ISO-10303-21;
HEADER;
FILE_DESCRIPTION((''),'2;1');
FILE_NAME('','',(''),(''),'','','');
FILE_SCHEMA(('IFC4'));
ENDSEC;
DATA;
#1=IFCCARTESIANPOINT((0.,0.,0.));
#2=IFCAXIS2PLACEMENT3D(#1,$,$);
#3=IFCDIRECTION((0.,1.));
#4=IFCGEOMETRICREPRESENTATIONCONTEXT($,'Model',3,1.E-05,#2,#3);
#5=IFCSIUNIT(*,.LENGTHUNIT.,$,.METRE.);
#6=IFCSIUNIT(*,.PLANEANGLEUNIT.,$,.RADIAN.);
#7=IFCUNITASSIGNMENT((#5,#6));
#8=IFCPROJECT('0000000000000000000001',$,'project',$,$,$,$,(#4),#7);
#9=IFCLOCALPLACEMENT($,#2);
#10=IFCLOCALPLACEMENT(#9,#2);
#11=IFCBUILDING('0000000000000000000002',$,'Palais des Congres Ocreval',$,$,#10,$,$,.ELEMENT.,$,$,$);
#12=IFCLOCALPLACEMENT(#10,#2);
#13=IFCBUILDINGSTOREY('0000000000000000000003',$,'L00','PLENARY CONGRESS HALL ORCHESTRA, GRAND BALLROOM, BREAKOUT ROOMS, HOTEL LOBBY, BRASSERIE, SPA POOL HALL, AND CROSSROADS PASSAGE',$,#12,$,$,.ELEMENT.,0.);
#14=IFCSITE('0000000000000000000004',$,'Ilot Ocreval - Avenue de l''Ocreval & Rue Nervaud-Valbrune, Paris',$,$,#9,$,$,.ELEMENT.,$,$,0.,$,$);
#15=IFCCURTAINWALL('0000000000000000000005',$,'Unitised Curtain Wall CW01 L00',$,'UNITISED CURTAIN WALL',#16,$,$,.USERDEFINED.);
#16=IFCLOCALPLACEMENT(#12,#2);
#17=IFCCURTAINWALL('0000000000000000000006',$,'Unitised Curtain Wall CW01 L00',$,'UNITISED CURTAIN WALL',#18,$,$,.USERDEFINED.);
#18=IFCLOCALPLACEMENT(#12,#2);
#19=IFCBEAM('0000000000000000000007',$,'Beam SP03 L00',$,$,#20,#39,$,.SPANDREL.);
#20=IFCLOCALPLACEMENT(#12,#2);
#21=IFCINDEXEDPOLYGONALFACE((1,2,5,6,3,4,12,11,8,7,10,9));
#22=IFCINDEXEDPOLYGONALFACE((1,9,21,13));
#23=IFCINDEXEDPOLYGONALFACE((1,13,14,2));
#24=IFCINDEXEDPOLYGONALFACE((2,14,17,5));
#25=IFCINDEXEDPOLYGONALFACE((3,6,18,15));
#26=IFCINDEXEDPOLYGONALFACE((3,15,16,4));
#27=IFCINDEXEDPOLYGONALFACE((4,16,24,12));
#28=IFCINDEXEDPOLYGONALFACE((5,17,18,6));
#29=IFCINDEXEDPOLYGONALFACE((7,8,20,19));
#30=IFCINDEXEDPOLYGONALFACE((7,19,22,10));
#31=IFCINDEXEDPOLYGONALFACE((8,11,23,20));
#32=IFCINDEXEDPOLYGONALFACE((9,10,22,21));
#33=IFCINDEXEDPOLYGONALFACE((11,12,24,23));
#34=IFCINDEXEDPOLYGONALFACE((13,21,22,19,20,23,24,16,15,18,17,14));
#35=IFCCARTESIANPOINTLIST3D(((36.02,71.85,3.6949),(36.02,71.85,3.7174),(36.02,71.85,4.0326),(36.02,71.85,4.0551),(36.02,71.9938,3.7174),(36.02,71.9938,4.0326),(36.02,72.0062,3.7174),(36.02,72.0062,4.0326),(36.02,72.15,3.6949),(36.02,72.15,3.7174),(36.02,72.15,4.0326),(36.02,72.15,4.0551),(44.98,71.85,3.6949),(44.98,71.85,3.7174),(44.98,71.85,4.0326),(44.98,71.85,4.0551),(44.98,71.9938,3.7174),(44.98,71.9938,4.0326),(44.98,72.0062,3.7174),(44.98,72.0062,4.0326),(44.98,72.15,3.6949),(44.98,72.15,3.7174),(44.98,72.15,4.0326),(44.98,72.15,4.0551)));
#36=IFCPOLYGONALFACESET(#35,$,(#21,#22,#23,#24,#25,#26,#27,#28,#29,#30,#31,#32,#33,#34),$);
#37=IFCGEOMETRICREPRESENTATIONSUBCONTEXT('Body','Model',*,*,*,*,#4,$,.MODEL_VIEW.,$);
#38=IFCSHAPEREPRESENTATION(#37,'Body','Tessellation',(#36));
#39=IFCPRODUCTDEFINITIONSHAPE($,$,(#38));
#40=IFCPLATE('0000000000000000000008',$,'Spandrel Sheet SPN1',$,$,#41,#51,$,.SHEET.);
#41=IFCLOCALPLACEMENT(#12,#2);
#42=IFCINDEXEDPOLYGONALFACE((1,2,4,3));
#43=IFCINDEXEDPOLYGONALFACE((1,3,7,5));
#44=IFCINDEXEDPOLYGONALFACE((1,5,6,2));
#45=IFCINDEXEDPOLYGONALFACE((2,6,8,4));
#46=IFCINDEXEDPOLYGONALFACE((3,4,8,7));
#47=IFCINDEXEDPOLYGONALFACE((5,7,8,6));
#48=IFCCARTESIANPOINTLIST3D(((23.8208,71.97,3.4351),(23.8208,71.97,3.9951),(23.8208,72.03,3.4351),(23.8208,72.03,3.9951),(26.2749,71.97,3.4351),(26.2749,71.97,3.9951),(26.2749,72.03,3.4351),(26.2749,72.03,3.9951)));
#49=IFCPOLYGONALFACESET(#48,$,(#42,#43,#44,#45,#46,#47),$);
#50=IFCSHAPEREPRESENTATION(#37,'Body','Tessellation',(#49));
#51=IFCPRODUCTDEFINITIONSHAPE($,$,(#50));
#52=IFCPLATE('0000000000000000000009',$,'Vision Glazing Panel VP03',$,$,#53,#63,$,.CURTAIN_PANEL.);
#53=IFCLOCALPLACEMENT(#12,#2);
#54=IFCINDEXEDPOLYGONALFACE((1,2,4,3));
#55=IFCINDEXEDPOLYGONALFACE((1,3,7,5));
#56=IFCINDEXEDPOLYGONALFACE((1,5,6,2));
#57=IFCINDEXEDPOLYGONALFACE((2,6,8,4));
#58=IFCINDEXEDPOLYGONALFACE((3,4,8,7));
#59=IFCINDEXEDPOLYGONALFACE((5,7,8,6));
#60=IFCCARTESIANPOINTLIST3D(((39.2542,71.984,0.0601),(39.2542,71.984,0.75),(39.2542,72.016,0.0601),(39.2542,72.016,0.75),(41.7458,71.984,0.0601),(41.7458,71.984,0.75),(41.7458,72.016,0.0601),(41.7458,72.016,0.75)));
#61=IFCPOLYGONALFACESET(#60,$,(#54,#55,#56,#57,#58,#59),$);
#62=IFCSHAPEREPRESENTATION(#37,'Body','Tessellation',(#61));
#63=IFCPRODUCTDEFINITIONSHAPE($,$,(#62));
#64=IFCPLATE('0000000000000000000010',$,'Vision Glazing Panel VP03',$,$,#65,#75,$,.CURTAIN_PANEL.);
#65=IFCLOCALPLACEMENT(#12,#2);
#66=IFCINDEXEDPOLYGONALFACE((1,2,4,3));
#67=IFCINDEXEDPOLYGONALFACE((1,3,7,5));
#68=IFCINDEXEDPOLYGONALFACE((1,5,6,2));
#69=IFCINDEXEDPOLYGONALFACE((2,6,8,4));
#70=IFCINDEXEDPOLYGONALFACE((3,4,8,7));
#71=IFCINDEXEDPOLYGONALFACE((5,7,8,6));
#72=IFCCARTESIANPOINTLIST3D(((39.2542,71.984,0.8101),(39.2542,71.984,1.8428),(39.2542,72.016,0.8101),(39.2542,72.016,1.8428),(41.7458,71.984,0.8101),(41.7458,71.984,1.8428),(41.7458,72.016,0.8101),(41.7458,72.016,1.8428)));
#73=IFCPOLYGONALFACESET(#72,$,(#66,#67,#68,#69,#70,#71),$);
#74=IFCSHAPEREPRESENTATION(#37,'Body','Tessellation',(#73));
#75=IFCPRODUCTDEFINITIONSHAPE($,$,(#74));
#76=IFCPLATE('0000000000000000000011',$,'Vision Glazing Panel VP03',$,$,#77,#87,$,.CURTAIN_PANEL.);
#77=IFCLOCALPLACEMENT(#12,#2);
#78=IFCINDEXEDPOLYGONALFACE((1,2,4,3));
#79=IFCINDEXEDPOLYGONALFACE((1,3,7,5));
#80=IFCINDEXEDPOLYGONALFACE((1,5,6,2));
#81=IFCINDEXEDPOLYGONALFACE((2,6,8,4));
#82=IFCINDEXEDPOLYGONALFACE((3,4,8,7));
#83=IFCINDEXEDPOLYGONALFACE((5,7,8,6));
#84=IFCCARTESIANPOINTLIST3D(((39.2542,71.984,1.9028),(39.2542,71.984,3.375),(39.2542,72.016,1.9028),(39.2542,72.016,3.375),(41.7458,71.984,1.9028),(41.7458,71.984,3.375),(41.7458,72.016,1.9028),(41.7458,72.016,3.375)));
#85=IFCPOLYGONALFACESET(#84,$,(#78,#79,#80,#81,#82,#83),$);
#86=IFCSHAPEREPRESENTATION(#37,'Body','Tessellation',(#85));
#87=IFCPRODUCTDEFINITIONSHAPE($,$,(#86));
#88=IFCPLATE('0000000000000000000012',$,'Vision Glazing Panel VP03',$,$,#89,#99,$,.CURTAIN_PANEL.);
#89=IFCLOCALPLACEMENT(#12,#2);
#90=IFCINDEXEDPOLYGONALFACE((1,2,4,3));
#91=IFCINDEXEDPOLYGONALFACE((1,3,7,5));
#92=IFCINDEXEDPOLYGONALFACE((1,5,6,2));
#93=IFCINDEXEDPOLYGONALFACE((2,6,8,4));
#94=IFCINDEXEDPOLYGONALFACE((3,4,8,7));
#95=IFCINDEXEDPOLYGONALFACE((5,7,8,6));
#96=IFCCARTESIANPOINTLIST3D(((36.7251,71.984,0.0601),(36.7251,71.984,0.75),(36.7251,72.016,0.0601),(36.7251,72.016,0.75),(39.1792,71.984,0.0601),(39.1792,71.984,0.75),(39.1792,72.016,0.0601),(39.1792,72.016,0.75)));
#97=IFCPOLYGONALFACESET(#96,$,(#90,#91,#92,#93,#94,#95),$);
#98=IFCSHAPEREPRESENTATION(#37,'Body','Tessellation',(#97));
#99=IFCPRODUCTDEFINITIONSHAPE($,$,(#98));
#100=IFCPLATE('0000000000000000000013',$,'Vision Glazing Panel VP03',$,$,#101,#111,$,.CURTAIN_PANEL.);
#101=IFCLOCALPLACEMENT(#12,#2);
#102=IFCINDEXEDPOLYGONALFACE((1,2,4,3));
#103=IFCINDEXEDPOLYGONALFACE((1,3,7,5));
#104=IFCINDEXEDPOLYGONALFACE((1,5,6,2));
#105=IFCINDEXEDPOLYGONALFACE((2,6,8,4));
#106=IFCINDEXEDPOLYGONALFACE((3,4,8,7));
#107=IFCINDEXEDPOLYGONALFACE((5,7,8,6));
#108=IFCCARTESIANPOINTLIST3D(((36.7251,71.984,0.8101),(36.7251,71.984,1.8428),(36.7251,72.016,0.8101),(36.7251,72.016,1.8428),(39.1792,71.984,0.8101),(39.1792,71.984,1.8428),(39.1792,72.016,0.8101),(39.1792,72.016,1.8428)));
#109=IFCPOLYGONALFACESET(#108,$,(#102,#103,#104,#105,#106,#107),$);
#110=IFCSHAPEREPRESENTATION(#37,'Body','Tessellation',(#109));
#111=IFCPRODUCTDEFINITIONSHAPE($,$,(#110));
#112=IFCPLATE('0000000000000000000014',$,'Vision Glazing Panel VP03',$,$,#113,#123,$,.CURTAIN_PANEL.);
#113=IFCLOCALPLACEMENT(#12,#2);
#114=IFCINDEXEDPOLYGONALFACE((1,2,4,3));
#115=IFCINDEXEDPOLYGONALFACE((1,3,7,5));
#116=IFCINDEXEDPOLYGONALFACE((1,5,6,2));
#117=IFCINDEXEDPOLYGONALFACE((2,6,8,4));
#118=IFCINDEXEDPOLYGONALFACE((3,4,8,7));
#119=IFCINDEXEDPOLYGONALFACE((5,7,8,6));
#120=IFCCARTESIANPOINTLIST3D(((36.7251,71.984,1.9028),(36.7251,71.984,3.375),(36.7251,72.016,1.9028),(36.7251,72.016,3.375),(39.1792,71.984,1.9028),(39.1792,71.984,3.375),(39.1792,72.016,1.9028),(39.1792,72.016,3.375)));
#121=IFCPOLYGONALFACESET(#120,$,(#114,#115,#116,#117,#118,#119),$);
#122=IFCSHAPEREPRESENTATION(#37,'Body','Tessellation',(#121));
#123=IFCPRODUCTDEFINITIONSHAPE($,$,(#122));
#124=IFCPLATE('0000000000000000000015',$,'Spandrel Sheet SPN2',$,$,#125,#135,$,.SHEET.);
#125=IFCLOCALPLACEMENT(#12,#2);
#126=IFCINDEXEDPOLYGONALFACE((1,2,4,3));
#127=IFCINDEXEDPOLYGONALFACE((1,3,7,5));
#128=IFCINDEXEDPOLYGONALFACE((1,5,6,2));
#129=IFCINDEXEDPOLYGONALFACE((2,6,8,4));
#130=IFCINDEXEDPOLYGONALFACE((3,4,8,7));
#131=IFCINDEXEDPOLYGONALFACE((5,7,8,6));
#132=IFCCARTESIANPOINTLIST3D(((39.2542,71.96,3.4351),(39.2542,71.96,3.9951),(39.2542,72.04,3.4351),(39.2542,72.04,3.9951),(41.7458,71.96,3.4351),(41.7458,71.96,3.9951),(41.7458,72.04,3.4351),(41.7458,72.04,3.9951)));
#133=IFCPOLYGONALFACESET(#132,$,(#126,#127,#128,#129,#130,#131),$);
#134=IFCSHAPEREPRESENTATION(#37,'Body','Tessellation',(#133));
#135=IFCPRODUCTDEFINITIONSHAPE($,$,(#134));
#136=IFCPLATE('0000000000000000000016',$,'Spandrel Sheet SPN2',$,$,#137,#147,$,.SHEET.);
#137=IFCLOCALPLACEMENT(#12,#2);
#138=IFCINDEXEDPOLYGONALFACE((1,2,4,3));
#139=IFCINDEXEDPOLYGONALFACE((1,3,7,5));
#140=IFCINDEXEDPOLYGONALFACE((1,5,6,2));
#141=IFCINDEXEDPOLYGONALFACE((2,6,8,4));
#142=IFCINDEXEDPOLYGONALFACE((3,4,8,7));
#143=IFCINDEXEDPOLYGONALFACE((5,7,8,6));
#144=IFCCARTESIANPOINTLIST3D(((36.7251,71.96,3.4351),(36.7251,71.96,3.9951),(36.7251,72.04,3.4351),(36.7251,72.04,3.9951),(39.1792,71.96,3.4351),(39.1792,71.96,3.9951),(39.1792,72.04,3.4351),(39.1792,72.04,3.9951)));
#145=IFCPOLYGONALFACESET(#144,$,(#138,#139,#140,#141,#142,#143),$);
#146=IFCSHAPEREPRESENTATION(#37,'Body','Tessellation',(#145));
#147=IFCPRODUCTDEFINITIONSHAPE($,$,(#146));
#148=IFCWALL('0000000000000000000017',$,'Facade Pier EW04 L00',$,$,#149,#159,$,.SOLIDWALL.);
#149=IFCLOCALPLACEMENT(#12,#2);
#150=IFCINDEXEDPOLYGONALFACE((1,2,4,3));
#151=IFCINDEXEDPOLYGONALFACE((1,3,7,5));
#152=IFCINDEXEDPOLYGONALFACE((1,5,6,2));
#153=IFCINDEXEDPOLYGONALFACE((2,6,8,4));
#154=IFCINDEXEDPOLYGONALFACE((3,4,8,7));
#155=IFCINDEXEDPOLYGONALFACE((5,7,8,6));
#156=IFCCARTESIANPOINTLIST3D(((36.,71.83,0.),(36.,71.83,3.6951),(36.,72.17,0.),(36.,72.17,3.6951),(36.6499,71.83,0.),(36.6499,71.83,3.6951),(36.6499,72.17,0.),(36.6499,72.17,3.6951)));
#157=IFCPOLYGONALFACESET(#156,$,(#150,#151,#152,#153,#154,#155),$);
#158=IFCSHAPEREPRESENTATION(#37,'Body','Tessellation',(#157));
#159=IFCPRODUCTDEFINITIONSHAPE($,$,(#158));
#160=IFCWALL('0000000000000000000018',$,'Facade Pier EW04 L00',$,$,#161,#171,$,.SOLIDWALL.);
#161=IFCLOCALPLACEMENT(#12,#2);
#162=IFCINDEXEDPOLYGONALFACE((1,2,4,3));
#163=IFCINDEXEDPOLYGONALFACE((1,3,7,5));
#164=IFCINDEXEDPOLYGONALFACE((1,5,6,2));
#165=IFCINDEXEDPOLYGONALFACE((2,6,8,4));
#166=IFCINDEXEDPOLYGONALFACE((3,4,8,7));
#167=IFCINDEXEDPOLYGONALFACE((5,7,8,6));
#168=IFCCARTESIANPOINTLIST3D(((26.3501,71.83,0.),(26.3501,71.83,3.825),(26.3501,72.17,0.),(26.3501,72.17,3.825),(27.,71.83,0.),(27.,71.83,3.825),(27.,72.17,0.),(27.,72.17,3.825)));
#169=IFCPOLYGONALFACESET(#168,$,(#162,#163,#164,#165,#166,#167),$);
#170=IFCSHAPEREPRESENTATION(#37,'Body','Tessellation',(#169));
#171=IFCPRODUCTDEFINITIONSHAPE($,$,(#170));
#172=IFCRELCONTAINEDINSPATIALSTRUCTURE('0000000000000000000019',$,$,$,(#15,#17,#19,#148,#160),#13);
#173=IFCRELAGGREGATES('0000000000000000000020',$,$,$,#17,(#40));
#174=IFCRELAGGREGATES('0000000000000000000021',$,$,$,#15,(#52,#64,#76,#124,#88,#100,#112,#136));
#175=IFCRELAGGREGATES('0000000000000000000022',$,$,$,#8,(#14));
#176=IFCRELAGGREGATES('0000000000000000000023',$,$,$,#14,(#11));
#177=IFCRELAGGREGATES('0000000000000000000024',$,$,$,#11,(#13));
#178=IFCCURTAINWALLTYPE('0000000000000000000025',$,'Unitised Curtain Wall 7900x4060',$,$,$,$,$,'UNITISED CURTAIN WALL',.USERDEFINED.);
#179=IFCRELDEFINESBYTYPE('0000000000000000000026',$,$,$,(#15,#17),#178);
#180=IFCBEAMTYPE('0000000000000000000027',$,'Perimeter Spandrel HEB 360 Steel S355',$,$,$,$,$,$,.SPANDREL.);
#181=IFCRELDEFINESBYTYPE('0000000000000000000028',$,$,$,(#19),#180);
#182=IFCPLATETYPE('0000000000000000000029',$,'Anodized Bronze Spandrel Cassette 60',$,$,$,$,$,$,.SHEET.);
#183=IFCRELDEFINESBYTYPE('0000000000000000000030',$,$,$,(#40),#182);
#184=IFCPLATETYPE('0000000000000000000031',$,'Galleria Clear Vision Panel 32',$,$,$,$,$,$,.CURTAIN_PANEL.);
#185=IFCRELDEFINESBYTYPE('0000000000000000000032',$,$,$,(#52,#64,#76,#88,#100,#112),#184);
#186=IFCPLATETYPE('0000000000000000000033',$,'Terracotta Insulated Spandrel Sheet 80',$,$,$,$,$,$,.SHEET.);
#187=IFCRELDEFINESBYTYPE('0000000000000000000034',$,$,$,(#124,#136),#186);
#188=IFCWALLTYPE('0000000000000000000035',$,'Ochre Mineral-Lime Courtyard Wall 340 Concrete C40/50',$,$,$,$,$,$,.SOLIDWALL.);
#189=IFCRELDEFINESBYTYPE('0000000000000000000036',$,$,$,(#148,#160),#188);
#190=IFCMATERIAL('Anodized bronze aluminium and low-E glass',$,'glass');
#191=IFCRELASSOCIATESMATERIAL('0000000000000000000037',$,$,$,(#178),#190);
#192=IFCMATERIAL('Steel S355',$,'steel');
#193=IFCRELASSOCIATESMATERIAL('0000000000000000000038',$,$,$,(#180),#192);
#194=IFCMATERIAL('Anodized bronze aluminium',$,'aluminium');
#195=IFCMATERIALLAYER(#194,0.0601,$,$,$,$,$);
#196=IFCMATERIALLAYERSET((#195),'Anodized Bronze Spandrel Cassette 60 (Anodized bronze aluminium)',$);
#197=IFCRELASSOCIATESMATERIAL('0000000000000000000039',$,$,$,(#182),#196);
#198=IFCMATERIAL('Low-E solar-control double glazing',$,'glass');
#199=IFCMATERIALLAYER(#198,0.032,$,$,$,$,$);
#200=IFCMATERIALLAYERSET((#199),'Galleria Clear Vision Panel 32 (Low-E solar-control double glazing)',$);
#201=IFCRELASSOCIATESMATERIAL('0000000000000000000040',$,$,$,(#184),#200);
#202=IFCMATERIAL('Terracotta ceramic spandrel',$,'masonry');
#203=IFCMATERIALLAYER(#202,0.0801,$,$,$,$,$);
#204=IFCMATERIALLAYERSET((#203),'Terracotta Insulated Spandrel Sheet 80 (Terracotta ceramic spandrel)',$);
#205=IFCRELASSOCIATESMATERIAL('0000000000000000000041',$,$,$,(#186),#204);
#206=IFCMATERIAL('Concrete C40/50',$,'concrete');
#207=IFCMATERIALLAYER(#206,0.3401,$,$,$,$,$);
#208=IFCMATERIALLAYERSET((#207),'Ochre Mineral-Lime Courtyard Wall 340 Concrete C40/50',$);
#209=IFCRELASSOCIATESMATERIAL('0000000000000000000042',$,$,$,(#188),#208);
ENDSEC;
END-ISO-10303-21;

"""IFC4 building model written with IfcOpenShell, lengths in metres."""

from ifc_helpers import new_model, si_unit, direction, frame, frame_2d, origin, origin_2d, place, context, subcontext, project, spatial, rectangle, i_section, extrude, material, layer, layer_set, material_profile, profile_set, type_object, element, aggregate, save


model = new_model("IFC4")

# Units and contexts
model_context = context("Model", 3, precision=1e-05, world=origin(), true_north=direction((0.0, 1.0)))
body_context = subcontext(model_context, "Body", "Model", "MODEL_VIEW")
ifc_project = project(units=[si_unit("LENGTHUNIT", "METRE"), si_unit("PLANEANGLEUNIT", "RADIAN")], contexts=[model_context])

# Site, building, storey
site_placement = place(None, origin())
site = spatial("IfcSite", under=ifc_project, at=site_placement, Name="Ilot Ocreval - Avenue de l'Ocreval & Rue Nervaud-Valbrune, Paris", CompositionType="ELEMENT", RefElevation=0.0)
building_placement = place(site_placement, origin())
building = spatial("IfcBuilding", under=site, at=building_placement, Name="Palais des Congres Ocreval", CompositionType="ELEMENT")
storey_placement = place(building_placement, origin())
storey = spatial("IfcBuildingStorey", under=building, at=storey_placement, Name="L00", Description="PLENARY CONGRESS HALL ORCHESTRA, GRAND BALLROOM, BREAKOUT ROOMS, HOTEL LOBBY, BRASSERIE, SPA POOL HALL, AND CROSSROADS PASSAGE", CompositionType="ELEMENT", Elevation=0.0)

# Shared definitions
ifc_material_1 = material(Name="Steel S355", Category="steel")

# Curtain wall
ifc_material_2 = material(Name="Anodized bronze aluminium and low-E glass", Category="glass")
curtain_wall_type = type_object("IfcCurtainWallType", Name="Unitised Curtain Wall 7900x4060", ElementType="UNITISED CURTAIN WALL", PredefinedType="USERDEFINED", material=ifc_material_2)
curtain_wall_1_placement = place(storey_placement, origin())
curtain_wall_1 = element("IfcCurtainWall", 1, at=curtain_wall_1_placement, inside=storey, type_object=curtain_wall_type, Name="Unitised Curtain Wall CW01 L00", ObjectType="UNITISED CURTAIN WALL", PredefinedType="USERDEFINED")
ifc_material_3 = material(Name="Anodized bronze aluminium", Category="aluminium")

# Curtain wall
curtain_wall_2_placement = place(storey_placement, origin())
curtain_wall_2 = element("IfcCurtainWall", 2, at=curtain_wall_2_placement, inside=storey, type_object=curtain_wall_type, Name="Unitised Curtain Wall CW01 L00", ObjectType="UNITISED CURTAIN WALL", PredefinedType="USERDEFINED")

# Beam
ifc_material_profile_1 = material_profile(ifc_material_1, i_section(OverallWidth=0.3, OverallDepth=0.3601, WebThickness=0.0125, FlangeThickness=0.0225, at=origin_2d()), Name="HEB 360")
ifc_profile_set_1 = profile_set([ifc_material_profile_1], Name="Steel S355")
beam_type_1 = type_object("IfcBeamType", Name="Perimeter Spandrel HEB 360 Steel S355", PredefinedType="SPANDREL", material=ifc_profile_set_1)
beam_1_placement = place(storey_placement, frame((36.02, 72.0, 3.875), z_axis=(1.0, 0.0, 0.0), x_axis=(0.0, 1.0, 0.0)))
element("IfcBeam", 3, at=beam_1_placement, inside=storey, type_object=beam_type_1, Name="Beam SP03 L00", PredefinedType="SPANDREL", context=body_context, shape_type="SweptSolid", body=[
    extrude(i_section(OverallWidth=0.3, OverallDepth=0.3601, WebThickness=0.0125, FlangeThickness=0.0225, at=origin_2d()), origin(), (0.0, 0.0, 1.0), 8.96),
])

# Plates
ifc_layer_1 = layer(ifc_material_3, 0.0601)
ifc_layer_set_1 = layer_set([ifc_layer_1], Name="Anodized Bronze Spandrel Cassette 60 (Anodized bronze aluminium)")
plate_type_1 = type_object("IfcPlateType", Name="Anodized Bronze Spandrel Cassette 60", PredefinedType="SHEET", material=ifc_layer_set_1)
plate_1_placement = place(storey_placement, frame((25.0479, 72.0, 3.4351), z_axis=(0.0, 0.0, 1.0), x_axis=(-1.0, 0.0, 0.0)))
plate_1 = element("IfcPlate", 4, at=plate_1_placement, type_object=plate_type_1, Name="Spandrel Sheet SPN1", PredefinedType="SHEET", context=body_context, shape_type="SweptSolid", body=[
    extrude(rectangle(XDim=2.4541, YDim=0.0601, at=origin_2d()), origin(), (0.0, 0.0, 1.0), 0.5601),
])
aggregate(curtain_wall_2, [plate_1])
ifc_material_4 = material(Name="Low-E solar-control double glazing", Category="glass")
ifc_layer_2 = layer(ifc_material_4, 0.032)
ifc_layer_set_2 = layer_set([ifc_layer_2], Name="Galleria Clear Vision Panel 32 (Low-E solar-control double glazing)")
plate_type_2 = type_object("IfcPlateType", Name="Galleria Clear Vision Panel 32", PredefinedType="CURTAIN_PANEL", material=ifc_layer_set_2)
plate_2_placement = place(storey_placement, frame((40.5, 72.0, 0.0601), z_axis=(0.0, 0.0, 1.0), x_axis=(-1.0, 0.0, 0.0)))
plate_2 = element("IfcPlate", 5, at=plate_2_placement, type_object=plate_type_2, Name="Vision Glazing Panel VP03", PredefinedType="CURTAIN_PANEL", context=body_context, shape_type="SweptSolid", body=[
    extrude(rectangle(XDim=2.4917, YDim=0.032, at=origin_2d()), origin(), (0.0, 0.0, 1.0), 0.6899),
])
plate_3_placement = place(storey_placement, frame((40.5, 72.0, 0.8101), z_axis=(0.0, 0.0, 1.0), x_axis=(-1.0, 0.0, 0.0)))
plate_3 = element("IfcPlate", 6, at=plate_3_placement, type_object=plate_type_2, Name="Vision Glazing Panel VP03", PredefinedType="CURTAIN_PANEL", context=body_context, shape_type="SweptSolid", body=[
    extrude(rectangle(XDim=2.4917, YDim=0.032, at=origin_2d()), origin(), (0.0, 0.0, 1.0), 1.0327),
])
plate_4_placement = place(storey_placement, frame((40.5, 72.0, 1.9028), z_axis=(0.0, 0.0, 1.0), x_axis=(-1.0, 0.0, 0.0)))
plate_4 = element("IfcPlate", 7, at=plate_4_placement, type_object=plate_type_2, Name="Vision Glazing Panel VP03", PredefinedType="CURTAIN_PANEL", context=body_context, shape_type="SweptSolid", body=[
    extrude(rectangle(XDim=2.4917, YDim=0.032, at=origin_2d()), origin(), (0.0, 0.0, 1.0), 1.4722),
])
plate_5_placement = place(storey_placement, frame((37.9521, 72.0, 0.0601), z_axis=(0.0, 0.0, 1.0), x_axis=(-1.0, 0.0, 0.0)))
plate_5 = element("IfcPlate", 8, at=plate_5_placement, type_object=plate_type_2, Name="Vision Glazing Panel VP03", PredefinedType="CURTAIN_PANEL", context=body_context, shape_type="SweptSolid", body=[
    extrude(rectangle(XDim=2.4541, YDim=0.032, at=origin_2d()), origin(), (0.0, 0.0, 1.0), 0.6899),
])
plate_6_placement = place(storey_placement, frame((37.9521, 72.0, 0.8101), z_axis=(0.0, 0.0, 1.0), x_axis=(-1.0, 0.0, 0.0)))
plate_6 = element("IfcPlate", 9, at=plate_6_placement, type_object=plate_type_2, Name="Vision Glazing Panel VP03", PredefinedType="CURTAIN_PANEL", context=body_context, shape_type="SweptSolid", body=[
    extrude(rectangle(XDim=2.4541, YDim=0.032, at=origin_2d()), origin(), (0.0, 0.0, 1.0), 1.0327),
])
plate_7_placement = place(storey_placement, frame((37.9521, 72.0, 1.9028), z_axis=(0.0, 0.0, 1.0), x_axis=(-1.0, 0.0, 0.0)))
plate_7 = element("IfcPlate", 10, at=plate_7_placement, type_object=plate_type_2, Name="Vision Glazing Panel VP03", PredefinedType="CURTAIN_PANEL", context=body_context, shape_type="SweptSolid", body=[
    extrude(rectangle(XDim=2.4541, YDim=0.032, at=origin_2d()), origin(), (0.0, 0.0, 1.0), 1.4722),
])
ifc_material_5 = material(Name="Terracotta ceramic spandrel", Category="masonry")
ifc_layer_3 = layer(ifc_material_5, 0.0801)
ifc_layer_set_3 = layer_set([ifc_layer_3], Name="Terracotta Insulated Spandrel Sheet 80 (Terracotta ceramic spandrel)")
plate_type_3 = type_object("IfcPlateType", Name="Terracotta Insulated Spandrel Sheet 80", PredefinedType="SHEET", material=ifc_layer_set_3)
plate_8_placement = place(storey_placement, frame((40.5, 72.0, 3.4351), z_axis=(0.0, 0.0, 1.0), x_axis=(-1.0, 0.0, 0.0)))
plate_8 = element("IfcPlate", 11, at=plate_8_placement, type_object=plate_type_3, Name="Spandrel Sheet SPN2", PredefinedType="SHEET", context=body_context, shape_type="SweptSolid", body=[
    extrude(rectangle(XDim=2.4917, YDim=0.0801, at=origin_2d()), origin(), (0.0, 0.0, 1.0), 0.5601),
])
plate_9_placement = place(storey_placement, frame((37.9521, 72.0, 3.4351), z_axis=(0.0, 0.0, 1.0), x_axis=(-1.0, 0.0, 0.0)))
plate_9 = element("IfcPlate", 12, at=plate_9_placement, type_object=plate_type_3, Name="Spandrel Sheet SPN2", PredefinedType="SHEET", context=body_context, shape_type="SweptSolid", body=[
    extrude(rectangle(XDim=2.4541, YDim=0.0801, at=origin_2d()), origin(), (0.0, 0.0, 1.0), 0.5601),
])
aggregate(curtain_wall_1, [plate_2, plate_3, plate_4, plate_8, plate_5, plate_6, plate_7, plate_9])

# Walls
ifc_material_6 = material(Name="Concrete C40/50", Category="concrete")
ifc_layer_4 = layer(ifc_material_6, 0.3401)
ifc_layer_set_4 = layer_set([ifc_layer_4], Name="Ochre Mineral-Lime Courtyard Wall 340 Concrete C40/50")
wall_type_1 = type_object("IfcWallType", Name="Ochre Mineral-Lime Courtyard Wall 340 Concrete C40/50", PredefinedType="SOLIDWALL", material=ifc_layer_set_4)
wall_1_placement = place(storey_placement, frame((36.6499, 72.0, 0.0), z_axis=(0.0, 0.0, 1.0), x_axis=(-1.0, 0.0, 0.0)))
element("IfcWall", 13, at=wall_1_placement, inside=storey, type_object=wall_type_1, Name="Facade Pier EW04 L00", PredefinedType="SOLIDWALL", context=body_context, shape_type="SweptSolid", body=[
    extrude(rectangle(XDim=0.6499, YDim=0.3401, at=frame_2d((0.325, 0.0))), origin(), (0.0, 0.0, 1.0), 3.6951),
])
wall_2_placement = place(storey_placement, frame((27.0, 72.0, 0.0), z_axis=(0.0, 0.0, 1.0), x_axis=(-1.0, 0.0, 0.0)))
element("IfcWall", 14, at=wall_2_placement, inside=storey, type_object=wall_type_1, Name="Facade Pier EW04 L00", PredefinedType="SOLIDWALL", context=body_context, shape_type="SweptSolid", body=[
    extrude(rectangle(XDim=0.6499, YDim=0.3401, at=frame_2d((0.325, 0.0))), origin(), (0.0, 0.0, 1.0), 3.825),
])

save(model, "model.ifc")
